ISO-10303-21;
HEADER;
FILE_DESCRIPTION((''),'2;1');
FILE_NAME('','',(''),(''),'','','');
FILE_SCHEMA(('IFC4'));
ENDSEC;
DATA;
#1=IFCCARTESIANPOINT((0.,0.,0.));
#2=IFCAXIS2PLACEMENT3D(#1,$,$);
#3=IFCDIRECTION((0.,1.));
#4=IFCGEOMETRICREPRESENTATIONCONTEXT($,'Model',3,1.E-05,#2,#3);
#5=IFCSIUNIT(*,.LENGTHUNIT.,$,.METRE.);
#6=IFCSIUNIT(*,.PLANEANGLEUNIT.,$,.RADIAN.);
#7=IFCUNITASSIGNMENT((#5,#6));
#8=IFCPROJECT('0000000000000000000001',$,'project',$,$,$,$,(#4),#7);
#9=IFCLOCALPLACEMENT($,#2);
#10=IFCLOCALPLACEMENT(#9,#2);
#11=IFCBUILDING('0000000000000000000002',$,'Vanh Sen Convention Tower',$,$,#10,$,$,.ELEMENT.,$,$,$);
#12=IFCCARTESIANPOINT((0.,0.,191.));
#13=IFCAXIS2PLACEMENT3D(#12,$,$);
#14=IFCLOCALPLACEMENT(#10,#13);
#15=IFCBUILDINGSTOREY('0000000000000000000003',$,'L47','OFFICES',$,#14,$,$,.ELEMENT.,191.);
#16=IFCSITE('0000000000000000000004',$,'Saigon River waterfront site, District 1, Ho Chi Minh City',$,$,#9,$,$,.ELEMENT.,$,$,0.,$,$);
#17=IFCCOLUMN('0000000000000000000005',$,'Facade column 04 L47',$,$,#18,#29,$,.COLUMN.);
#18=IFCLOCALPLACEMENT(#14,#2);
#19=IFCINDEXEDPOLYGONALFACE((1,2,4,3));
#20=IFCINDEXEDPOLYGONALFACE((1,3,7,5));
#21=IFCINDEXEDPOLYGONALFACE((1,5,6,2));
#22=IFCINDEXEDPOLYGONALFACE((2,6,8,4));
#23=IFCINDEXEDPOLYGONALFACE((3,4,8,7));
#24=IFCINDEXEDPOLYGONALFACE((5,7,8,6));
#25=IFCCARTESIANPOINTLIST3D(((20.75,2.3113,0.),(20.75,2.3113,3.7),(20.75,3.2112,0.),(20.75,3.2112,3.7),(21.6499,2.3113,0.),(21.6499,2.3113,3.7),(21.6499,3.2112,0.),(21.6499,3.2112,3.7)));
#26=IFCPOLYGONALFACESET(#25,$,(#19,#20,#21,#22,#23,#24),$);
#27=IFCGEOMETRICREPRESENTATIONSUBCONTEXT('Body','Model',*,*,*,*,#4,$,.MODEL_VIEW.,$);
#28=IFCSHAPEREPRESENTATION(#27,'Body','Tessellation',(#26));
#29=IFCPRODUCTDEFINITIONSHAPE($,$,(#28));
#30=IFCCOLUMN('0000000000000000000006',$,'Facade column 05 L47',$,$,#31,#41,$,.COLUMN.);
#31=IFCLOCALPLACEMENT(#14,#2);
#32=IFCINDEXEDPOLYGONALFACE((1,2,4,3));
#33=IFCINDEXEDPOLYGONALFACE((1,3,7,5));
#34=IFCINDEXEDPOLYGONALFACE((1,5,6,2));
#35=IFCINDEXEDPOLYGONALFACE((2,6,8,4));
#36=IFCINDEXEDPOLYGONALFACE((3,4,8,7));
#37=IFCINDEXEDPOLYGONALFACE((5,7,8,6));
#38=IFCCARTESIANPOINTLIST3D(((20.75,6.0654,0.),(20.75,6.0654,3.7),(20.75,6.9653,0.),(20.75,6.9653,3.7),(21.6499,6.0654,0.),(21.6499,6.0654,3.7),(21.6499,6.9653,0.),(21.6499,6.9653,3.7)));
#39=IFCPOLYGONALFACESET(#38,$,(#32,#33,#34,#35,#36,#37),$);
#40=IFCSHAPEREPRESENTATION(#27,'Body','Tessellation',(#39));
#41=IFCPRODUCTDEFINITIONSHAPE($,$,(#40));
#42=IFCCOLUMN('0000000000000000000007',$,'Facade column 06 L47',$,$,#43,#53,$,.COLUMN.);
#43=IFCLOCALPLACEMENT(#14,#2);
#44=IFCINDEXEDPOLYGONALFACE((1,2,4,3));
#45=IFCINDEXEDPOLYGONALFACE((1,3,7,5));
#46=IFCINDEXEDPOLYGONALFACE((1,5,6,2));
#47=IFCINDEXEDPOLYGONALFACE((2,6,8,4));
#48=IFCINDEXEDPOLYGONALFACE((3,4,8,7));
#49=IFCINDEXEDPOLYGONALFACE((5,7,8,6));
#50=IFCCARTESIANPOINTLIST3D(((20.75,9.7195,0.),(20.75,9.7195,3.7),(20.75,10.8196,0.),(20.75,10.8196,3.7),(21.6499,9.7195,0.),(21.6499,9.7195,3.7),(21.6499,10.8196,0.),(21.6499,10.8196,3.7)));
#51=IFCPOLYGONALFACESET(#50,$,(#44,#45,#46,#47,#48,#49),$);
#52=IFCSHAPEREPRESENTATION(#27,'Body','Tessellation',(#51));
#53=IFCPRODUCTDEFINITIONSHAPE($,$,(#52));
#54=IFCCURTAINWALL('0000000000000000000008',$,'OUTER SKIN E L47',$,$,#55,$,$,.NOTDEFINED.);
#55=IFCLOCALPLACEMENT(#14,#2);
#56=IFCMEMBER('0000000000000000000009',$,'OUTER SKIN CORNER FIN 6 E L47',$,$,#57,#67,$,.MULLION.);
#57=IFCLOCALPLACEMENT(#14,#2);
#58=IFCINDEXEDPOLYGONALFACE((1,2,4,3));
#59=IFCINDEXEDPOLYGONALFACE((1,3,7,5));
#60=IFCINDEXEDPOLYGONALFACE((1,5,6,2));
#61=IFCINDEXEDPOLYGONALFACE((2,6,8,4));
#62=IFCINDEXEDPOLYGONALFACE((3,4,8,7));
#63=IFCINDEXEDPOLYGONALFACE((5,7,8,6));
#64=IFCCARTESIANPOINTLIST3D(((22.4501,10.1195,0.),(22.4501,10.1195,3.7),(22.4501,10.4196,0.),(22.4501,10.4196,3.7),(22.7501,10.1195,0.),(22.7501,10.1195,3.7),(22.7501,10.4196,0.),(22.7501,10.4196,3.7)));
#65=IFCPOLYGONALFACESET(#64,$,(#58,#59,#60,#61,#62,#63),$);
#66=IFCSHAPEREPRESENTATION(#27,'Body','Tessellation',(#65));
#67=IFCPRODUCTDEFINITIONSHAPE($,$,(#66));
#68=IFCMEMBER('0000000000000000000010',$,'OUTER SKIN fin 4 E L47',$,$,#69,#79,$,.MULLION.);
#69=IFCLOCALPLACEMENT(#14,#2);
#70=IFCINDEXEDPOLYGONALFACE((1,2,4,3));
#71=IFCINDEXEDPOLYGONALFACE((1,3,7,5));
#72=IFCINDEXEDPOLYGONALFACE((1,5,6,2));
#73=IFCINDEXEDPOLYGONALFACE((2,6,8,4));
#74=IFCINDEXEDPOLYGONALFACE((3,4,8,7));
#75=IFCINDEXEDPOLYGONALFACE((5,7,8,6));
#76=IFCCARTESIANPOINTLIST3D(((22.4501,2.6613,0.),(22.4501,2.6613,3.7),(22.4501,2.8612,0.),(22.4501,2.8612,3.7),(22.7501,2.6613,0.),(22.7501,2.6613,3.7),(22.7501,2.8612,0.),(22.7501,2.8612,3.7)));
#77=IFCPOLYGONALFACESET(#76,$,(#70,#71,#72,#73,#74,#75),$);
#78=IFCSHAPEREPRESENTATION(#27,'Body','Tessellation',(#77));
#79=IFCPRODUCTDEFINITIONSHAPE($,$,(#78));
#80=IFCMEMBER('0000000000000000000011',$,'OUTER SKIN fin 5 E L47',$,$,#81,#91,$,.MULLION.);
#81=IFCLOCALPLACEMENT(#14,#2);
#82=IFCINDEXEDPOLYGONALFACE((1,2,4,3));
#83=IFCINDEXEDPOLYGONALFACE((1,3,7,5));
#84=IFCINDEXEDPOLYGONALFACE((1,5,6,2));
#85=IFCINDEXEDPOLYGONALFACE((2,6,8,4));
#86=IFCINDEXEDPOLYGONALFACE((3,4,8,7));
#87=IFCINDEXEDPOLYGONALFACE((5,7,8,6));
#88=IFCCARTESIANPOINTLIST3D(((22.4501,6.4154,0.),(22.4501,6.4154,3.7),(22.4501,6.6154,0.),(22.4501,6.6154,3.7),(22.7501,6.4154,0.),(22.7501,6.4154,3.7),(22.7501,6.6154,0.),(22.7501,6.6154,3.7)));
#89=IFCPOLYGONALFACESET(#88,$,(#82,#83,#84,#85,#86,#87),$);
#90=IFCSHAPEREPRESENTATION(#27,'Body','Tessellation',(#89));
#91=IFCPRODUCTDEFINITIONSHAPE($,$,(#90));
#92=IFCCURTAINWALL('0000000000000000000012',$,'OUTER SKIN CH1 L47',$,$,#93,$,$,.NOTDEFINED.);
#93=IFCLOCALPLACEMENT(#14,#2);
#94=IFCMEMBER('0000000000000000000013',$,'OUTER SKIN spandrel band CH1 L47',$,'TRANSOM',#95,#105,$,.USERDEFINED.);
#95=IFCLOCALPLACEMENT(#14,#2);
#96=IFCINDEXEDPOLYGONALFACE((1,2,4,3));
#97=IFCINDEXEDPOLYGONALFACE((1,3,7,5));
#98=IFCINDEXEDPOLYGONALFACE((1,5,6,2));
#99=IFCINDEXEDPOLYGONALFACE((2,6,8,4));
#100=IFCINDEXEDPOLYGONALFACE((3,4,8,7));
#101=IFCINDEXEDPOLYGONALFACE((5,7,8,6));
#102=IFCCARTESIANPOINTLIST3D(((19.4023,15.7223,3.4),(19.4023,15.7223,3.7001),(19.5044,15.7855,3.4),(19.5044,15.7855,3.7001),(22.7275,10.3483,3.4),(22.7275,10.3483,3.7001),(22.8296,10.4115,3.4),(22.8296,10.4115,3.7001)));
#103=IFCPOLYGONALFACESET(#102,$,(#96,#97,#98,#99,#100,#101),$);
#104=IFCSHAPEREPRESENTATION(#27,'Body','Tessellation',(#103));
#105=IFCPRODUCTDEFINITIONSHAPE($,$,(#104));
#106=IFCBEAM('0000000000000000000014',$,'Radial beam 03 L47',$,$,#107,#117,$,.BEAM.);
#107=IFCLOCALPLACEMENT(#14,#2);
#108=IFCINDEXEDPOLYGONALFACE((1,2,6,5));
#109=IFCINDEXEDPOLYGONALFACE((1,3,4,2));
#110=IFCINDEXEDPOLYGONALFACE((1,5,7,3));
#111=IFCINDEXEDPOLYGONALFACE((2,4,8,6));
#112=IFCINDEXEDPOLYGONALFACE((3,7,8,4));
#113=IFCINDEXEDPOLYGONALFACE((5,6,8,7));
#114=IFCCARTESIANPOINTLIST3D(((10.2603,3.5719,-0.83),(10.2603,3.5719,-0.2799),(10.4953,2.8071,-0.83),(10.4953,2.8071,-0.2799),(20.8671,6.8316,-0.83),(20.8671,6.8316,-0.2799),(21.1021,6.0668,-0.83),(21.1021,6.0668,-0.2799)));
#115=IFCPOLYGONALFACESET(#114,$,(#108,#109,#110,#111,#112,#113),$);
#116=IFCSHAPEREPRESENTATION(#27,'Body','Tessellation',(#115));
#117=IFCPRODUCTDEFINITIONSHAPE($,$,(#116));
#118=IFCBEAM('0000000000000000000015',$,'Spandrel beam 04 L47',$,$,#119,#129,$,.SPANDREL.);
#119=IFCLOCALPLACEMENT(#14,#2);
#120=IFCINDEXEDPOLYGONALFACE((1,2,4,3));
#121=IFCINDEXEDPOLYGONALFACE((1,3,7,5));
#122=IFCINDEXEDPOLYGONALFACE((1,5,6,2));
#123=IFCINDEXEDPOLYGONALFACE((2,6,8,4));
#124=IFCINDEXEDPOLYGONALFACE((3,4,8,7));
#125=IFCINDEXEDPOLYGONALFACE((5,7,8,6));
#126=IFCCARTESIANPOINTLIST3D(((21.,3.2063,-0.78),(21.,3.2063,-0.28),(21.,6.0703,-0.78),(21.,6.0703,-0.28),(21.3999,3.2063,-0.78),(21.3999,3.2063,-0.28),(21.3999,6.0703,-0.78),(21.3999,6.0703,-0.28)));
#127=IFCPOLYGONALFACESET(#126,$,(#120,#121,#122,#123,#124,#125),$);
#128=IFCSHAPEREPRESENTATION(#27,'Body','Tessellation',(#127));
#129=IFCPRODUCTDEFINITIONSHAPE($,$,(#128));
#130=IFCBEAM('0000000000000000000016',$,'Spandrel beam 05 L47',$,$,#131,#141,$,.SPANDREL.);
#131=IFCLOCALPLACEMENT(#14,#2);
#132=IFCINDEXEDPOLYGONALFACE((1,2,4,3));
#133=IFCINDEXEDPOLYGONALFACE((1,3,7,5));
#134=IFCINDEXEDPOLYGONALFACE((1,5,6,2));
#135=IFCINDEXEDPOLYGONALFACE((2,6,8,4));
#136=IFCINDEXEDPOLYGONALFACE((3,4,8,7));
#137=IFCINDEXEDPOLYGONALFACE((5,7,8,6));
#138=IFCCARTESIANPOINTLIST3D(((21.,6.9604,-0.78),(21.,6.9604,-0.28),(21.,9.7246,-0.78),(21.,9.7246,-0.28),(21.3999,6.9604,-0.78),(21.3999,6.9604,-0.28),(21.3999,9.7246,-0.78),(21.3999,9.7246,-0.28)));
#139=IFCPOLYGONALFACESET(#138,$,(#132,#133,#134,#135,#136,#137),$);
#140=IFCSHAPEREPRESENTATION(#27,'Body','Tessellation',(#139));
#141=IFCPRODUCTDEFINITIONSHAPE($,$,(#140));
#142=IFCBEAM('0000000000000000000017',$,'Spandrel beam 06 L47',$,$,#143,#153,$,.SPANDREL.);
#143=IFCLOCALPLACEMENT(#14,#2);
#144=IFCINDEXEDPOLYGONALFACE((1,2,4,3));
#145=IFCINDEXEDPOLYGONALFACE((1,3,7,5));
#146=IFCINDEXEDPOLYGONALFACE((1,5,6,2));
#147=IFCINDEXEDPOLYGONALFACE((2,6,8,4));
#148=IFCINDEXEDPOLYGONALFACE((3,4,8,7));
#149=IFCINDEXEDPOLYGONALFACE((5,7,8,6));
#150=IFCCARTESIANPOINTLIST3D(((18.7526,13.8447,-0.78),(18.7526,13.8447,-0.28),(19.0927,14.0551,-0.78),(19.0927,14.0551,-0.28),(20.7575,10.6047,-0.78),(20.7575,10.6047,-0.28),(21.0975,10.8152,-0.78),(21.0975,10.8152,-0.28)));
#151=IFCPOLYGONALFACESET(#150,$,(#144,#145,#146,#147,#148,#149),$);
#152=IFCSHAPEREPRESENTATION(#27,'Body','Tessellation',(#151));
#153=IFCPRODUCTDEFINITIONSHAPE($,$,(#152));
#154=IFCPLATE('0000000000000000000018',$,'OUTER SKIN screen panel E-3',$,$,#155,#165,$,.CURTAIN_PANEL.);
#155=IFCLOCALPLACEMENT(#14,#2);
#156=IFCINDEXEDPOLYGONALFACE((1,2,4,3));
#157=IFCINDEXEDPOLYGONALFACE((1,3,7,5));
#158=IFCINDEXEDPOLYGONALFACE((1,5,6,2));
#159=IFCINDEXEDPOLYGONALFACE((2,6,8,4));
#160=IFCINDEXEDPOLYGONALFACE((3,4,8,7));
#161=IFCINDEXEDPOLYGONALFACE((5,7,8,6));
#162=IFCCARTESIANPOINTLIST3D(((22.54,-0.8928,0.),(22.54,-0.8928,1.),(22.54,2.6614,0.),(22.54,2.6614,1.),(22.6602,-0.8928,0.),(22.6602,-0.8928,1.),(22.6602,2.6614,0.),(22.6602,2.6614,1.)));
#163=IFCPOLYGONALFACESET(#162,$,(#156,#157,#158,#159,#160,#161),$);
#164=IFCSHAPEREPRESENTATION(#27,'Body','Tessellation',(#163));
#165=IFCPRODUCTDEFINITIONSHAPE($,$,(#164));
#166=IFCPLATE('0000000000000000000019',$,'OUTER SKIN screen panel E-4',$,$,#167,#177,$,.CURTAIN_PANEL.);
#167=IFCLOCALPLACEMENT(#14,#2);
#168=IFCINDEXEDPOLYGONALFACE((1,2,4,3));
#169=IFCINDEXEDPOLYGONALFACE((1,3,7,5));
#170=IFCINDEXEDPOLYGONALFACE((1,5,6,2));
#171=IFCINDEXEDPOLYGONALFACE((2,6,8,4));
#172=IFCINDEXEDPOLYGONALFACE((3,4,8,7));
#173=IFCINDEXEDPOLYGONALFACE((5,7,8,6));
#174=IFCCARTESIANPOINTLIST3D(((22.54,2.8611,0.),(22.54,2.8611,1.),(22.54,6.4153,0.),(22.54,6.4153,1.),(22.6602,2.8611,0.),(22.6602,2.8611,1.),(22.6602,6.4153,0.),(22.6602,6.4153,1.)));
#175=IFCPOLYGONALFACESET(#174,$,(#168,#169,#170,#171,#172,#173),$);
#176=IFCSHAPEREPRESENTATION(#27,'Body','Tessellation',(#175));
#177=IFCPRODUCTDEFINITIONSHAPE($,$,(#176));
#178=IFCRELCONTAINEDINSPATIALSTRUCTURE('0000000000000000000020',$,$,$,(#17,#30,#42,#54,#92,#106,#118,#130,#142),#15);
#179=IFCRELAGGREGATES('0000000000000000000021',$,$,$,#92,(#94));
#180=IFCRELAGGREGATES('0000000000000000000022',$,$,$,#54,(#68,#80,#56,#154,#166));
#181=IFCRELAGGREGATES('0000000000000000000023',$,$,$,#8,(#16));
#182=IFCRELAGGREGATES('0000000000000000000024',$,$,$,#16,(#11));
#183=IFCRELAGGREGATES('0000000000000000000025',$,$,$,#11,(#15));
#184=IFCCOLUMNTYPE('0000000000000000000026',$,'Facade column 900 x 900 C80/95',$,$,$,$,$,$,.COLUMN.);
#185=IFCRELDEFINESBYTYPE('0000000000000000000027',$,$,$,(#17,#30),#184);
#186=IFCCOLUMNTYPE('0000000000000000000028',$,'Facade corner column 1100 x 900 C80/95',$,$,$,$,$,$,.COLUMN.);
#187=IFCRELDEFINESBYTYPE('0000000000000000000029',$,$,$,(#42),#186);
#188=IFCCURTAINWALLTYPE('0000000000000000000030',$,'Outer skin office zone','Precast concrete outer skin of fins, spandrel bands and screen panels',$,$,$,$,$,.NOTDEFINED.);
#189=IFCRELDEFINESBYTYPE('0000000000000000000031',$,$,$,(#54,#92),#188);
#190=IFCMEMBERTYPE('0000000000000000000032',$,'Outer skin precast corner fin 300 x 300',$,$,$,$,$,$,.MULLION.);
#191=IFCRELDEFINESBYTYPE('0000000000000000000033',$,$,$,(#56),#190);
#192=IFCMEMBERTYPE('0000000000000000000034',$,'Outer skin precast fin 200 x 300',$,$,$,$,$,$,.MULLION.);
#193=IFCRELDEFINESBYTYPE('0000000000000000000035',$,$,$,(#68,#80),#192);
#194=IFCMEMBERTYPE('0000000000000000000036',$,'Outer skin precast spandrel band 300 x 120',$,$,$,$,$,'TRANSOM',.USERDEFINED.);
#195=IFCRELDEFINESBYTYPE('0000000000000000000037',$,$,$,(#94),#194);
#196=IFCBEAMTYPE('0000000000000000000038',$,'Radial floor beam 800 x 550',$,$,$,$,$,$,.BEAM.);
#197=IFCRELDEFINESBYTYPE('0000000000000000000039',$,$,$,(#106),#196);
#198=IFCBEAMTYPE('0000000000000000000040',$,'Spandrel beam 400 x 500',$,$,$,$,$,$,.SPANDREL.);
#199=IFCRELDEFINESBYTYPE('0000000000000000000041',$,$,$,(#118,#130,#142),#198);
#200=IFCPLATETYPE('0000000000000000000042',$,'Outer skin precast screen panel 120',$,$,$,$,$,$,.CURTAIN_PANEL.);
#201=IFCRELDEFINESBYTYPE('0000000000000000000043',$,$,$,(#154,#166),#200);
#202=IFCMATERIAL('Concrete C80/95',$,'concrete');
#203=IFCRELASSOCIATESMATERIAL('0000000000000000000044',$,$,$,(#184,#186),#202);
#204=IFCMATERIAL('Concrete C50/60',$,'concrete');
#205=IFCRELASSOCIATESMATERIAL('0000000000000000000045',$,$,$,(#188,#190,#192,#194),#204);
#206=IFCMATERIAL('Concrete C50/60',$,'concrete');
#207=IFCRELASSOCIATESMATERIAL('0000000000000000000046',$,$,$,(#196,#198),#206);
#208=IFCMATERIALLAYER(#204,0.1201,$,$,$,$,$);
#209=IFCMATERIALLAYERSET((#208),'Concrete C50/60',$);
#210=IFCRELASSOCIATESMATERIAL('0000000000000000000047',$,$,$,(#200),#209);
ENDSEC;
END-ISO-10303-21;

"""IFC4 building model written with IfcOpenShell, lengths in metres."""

from ifc_helpers import new_model, si_unit, direction, frame, origin, origin_2d, place, context, subcontext, project, spatial, rectangle, extrude, material, layer, layer_set, material_profile, profile_set, type_object, element, aggregate, save


model = new_model("IFC4")

# Units and contexts
model_context = context("Model", 3, precision=1e-05, world=origin(), true_north=direction((0.0, 1.0)))
body_context = subcontext(model_context, "Body", "Model", "MODEL_VIEW")
ifc_project = project(units=[si_unit("LENGTHUNIT", "METRE"), si_unit("PLANEANGLEUNIT", "RADIAN")], contexts=[model_context])

# Site, building, storey
site_placement = place(None, origin())
site = spatial("IfcSite", under=ifc_project, at=site_placement, Name="Saigon River waterfront site, District 1, Ho Chi Minh City", CompositionType="ELEMENT", RefElevation=0.0)
building_placement = place(site_placement, origin())
building = spatial("IfcBuilding", under=site, at=building_placement, Name="Vanh Sen Convention Tower", CompositionType="ELEMENT")
storey_placement = place(building_placement, frame((0.0, 0.0, 191.0)))
storey = spatial("IfcBuildingStorey", under=building, at=storey_placement, Name="L47", Description="OFFICES", CompositionType="ELEMENT", Elevation=191.0)

# Columns
ifc_material_1 = material(Name="Concrete C80/95", Category="concrete")
ifc_material_profile_1 = material_profile(ifc_material_1, rectangle(XDim=0.8999, YDim=0.8999, at=origin_2d()), Name="RC 900X900")
ifc_profile_set_1 = profile_set([ifc_material_profile_1], Name="Concrete C80/95")
column_type_1 = type_object("IfcColumnType", Name="Facade column 900 x 900 C80/95", PredefinedType="COLUMN", material=ifc_profile_set_1)
for number, where, z_axis, x_axis, name in (
    (1, (21.2, 2.7612, 0.0), (0.0, 0.0, 1.0), (0.0, 1.0, 0.0), "Facade column 04 L47"),
    (2, (21.2, 6.5154, 0.0), (0.0, 0.0, 1.0), (0.0, 1.0, 0.0), "Facade column 05 L47"),
):
    element("IfcColumn", number, at=place(storey_placement, frame(where, z_axis=z_axis, x_axis=x_axis)), inside=storey, type_object=column_type_1, Name=name, PredefinedType="COLUMN", context=body_context, shape_type="SweptSolid", body=[
        extrude(rectangle(XDim=0.8999, YDim=0.8999, at=origin_2d()), origin(), (0.0, 0.0, 1.0), 3.7),
    ])
ifc_material_profile_2 = material_profile(ifc_material_1, rectangle(XDim=1.1001, YDim=0.8999, at=origin_2d()), Name="RC 1100X900")
ifc_profile_set_2 = profile_set([ifc_material_profile_2], Name="Concrete C80/95")
column_type_2 = type_object("IfcColumnType", Name="Facade corner column 1100 x 900 C80/95", PredefinedType="COLUMN", material=ifc_profile_set_2)
column_placement = place(storey_placement, frame((21.2, 10.2695, 0.0), z_axis=(0.0, 0.0, 1.0), x_axis=(0.0, 1.0, 0.0)))
element("IfcColumn", 3, at=column_placement, inside=storey, type_object=column_type_2, Name="Facade column 06 L47", PredefinedType="COLUMN", context=body_context, shape_type="SweptSolid", body=[
    extrude(rectangle(XDim=1.1001, YDim=0.8999, at=origin_2d()), origin(), (0.0, 0.0, 1.0), 3.7),
])

# Curtain wall, members
ifc_material_2 = material(Name="Concrete C50/60", Category="concrete")
curtain_wall_type = type_object("IfcCurtainWallType", Name="Outer skin office zone", Description="Precast concrete outer skin of fins, spandrel bands and screen panels", PredefinedType="NOTDEFINED", material=ifc_material_2)
curtain_wall_1_placement = place(storey_placement, origin())
curtain_wall_1 = element("IfcCurtainWall", 4, at=curtain_wall_1_placement, inside=storey, type_object=curtain_wall_type, Name="OUTER SKIN E L47", PredefinedType="NOTDEFINED")
ifc_material_profile_3 = material_profile(ifc_material_2, rectangle(XDim=0.3, YDim=0.3, at=origin_2d()), Name="Outer skin precast corner fin 300 x 300")
ifc_profile_set_3 = profile_set([ifc_material_profile_3], Name="Concrete C50/60")
member_type_1 = type_object("IfcMemberType", Name="Outer skin precast corner fin 300 x 300", PredefinedType="MULLION", material=ifc_profile_set_3)
member_1_placement = place(storey_placement, frame((22.6001, 10.2695, 0.0), z_axis=(0.0, 0.0, 1.0), x_axis=(0.0, 1.0, 0.0)))
member_1 = element("IfcMember", 5, at=member_1_placement, type_object=member_type_1, Name="OUTER SKIN CORNER FIN 6 E L47", PredefinedType="MULLION", context=body_context, shape_type="SweptSolid", body=[
    extrude(rectangle(XDim=0.3, YDim=0.3, at=origin_2d()), origin(), (0.0, 0.0, 1.0), 3.7),
])
ifc_material_profile_4 = material_profile(ifc_material_2, rectangle(XDim=0.2, YDim=0.3, at=origin_2d()), Name="Outer skin precast fin 200 x 300")
ifc_profile_set_4 = profile_set([ifc_material_profile_4], Name="Concrete C50/60")
member_type_2 = type_object("IfcMemberType", Name="Outer skin precast fin 200 x 300", PredefinedType="MULLION", material=ifc_profile_set_4)
member_2_placement = place(storey_placement, frame((22.6001, 2.7612, 0.0), z_axis=(0.0, 0.0, 1.0), x_axis=(0.0, 1.0, 0.0)))
member_2 = element("IfcMember", 6, at=member_2_placement, type_object=member_type_2, Name="OUTER SKIN fin 4 E L47", PredefinedType="MULLION", context=body_context, shape_type="SweptSolid", body=[
    extrude(rectangle(XDim=0.2, YDim=0.3, at=origin_2d()), origin(), (0.0, 0.0, 1.0), 3.7),
])
member_3_placement = place(storey_placement, frame((22.6001, 6.5154, 0.0), z_axis=(0.0, 0.0, 1.0), x_axis=(0.0, 1.0, 0.0)))
member_3 = element("IfcMember", 7, at=member_3_placement, type_object=member_type_2, Name="OUTER SKIN fin 5 E L47", PredefinedType="MULLION", context=body_context, shape_type="SweptSolid", body=[
    extrude(rectangle(XDim=0.2, YDim=0.3, at=origin_2d()), origin(), (0.0, 0.0, 1.0), 3.7),
])

# Curtain wall, member
curtain_wall_2_placement = place(storey_placement, origin())
curtain_wall_2 = element("IfcCurtainWall", 8, at=curtain_wall_2_placement, inside=storey, type_object=curtain_wall_type, Name="OUTER SKIN CH1 L47", PredefinedType="NOTDEFINED")
ifc_material_profile_5 = material_profile(ifc_material_2, rectangle(XDim=0.1201, YDim=0.3, at=origin_2d()), Name="Outer skin precast spandrel band 300 x 120")
ifc_profile_set_5 = profile_set([ifc_material_profile_5], Name="Concrete C50/60")
member_type_3 = type_object("IfcMemberType", Name="Outer skin precast spandrel band 300 x 120", ElementType="TRANSOM", PredefinedType="USERDEFINED", material=ifc_profile_set_5)
member_4_placement = place(storey_placement, frame((22.7786, 10.3799, 3.55), z_axis=(-0.526174, 0.850377, 0.0), x_axis=(-0.850377, -0.526174, 0.0)))
member_4 = element("IfcMember", 9, at=member_4_placement, type_object=member_type_3, Name="OUTER SKIN spandrel band CH1 L47", ObjectType="TRANSOM", PredefinedType="USERDEFINED", context=body_context, shape_type="SweptSolid", body=[
    extrude(rectangle(XDim=0.1201, YDim=0.3, at=origin_2d()), origin(), (0.0, 0.0, 1.0), 6.3196),
])
aggregate(curtain_wall_2, [member_4])

# Beams
ifc_material_3 = material(Name="Concrete C50/60", Category="concrete")
ifc_material_profile_6 = material_profile(ifc_material_3, rectangle(XDim=0.8, YDim=0.55, at=origin_2d()), Name="RC 800X550")
ifc_profile_set_6 = profile_set([ifc_material_profile_6], Name="Concrete C50/60")
beam_type_1 = type_object("IfcBeamType", Name="Radial floor beam 800 x 550", PredefinedType="BEAM", material=ifc_profile_set_6)
beam_1_placement = place(storey_placement, frame((20.9846, 6.4492, -0.5549), z_axis=(-0.955878, -0.293764, 0.0), x_axis=(0.293764, -0.955878, 0.0)))
element("IfcBeam", 10, at=beam_1_placement, inside=storey, type_object=beam_type_1, Name="Radial beam 03 L47", PredefinedType="BEAM", context=body_context, shape_type="SweptSolid", body=[
    extrude(rectangle(XDim=0.8, YDim=0.55, at=origin_2d()), origin(), (0.0, 0.0, 1.0), 11.0964),
])
ifc_material_profile_7 = material_profile(ifc_material_3, rectangle(XDim=0.3999, YDim=0.5, at=origin_2d()), Name="RC 400X500")
ifc_profile_set_7 = profile_set([ifc_material_profile_7], Name="Concrete C50/60")
beam_type_2 = type_object("IfcBeamType", Name="Spandrel beam 400 x 500", PredefinedType="SPANDREL", material=ifc_profile_set_7)
beam_2_placement = place(storey_placement, frame((21.2, 3.2063, -0.53), z_axis=(0.0, 1.0, 0.0), x_axis=(-1.0, 0.0, 0.0)))
element("IfcBeam", 11, at=beam_2_placement, inside=storey, type_object=beam_type_2, Name="Spandrel beam 04 L47", PredefinedType="SPANDREL", context=body_context, shape_type="SweptSolid", body=[
    extrude(rectangle(XDim=0.3999, YDim=0.5, at=origin_2d()), origin(), (0.0, 0.0, 1.0), 2.864),
])
beam_3_placement = place(storey_placement, frame((21.2, 6.9604, -0.53), z_axis=(0.0, 1.0, 0.0), x_axis=(-1.0, 0.0, 0.0)))
element("IfcBeam", 12, at=beam_3_placement, inside=storey, type_object=beam_type_2, Name="Spandrel beam 05 L47", PredefinedType="SPANDREL", context=body_context, shape_type="SweptSolid", body=[
    extrude(rectangle(XDim=0.3999, YDim=0.5, at=origin_2d()), origin(), (0.0, 0.0, 1.0), 2.7642),
])
beam_4_placement = place(storey_placement, frame((20.9275, 10.71, -0.53), z_axis=(-0.526198, 0.850362, 0.0), x_axis=(-0.850362, -0.526198, 0.0)))
element("IfcBeam", 13, at=beam_4_placement, inside=storey, type_object=beam_type_2, Name="Spandrel beam 06 L47", PredefinedType="SPANDREL", context=body_context, shape_type="SweptSolid", body=[
    extrude(rectangle(XDim=0.3999, YDim=0.5, at=origin_2d()), origin(), (0.0, 0.0, 1.0), 3.8101),
])

# Plates
ifc_layer_1 = layer(ifc_material_2, 0.1201)
ifc_layer_set_1 = layer_set([ifc_layer_1], Name="Concrete C50/60")
plate_type = type_object("IfcPlateType", Name="Outer skin precast screen panel 120", PredefinedType="CURTAIN_PANEL", material=ifc_layer_set_1)
plate_1_placement = place(storey_placement, frame((22.6001, 0.8843, 0.0), z_axis=(0.0, 0.0, 1.0), x_axis=(0.0, 1.0, 0.0)))
plate_1 = element("IfcPlate", 14, at=plate_1_placement, type_object=plate_type, Name="OUTER SKIN screen panel E-3", PredefinedType="CURTAIN_PANEL", context=body_context, shape_type="SweptSolid", body=[
    extrude(rectangle(XDim=3.5542, YDim=0.1201, at=origin_2d()), origin(), (0.0, 0.0, 1.0), 1.0),
])
plate_2_placement = place(storey_placement, frame((22.6001, 4.6382, 0.0), z_axis=(0.0, 0.0, 1.0), x_axis=(0.0, 1.0, 0.0)))
plate_2 = element("IfcPlate", 15, at=plate_2_placement, type_object=plate_type, Name="OUTER SKIN screen panel E-4", PredefinedType="CURTAIN_PANEL", context=body_context, shape_type="SweptSolid", body=[
    extrude(rectangle(XDim=3.5542, YDim=0.1201, at=origin_2d()), origin(), (0.0, 0.0, 1.0), 1.0),
])
aggregate(curtain_wall_1, [member_2, member_3, member_1, plate_1, plate_2])

save(model, "model.ifc")
